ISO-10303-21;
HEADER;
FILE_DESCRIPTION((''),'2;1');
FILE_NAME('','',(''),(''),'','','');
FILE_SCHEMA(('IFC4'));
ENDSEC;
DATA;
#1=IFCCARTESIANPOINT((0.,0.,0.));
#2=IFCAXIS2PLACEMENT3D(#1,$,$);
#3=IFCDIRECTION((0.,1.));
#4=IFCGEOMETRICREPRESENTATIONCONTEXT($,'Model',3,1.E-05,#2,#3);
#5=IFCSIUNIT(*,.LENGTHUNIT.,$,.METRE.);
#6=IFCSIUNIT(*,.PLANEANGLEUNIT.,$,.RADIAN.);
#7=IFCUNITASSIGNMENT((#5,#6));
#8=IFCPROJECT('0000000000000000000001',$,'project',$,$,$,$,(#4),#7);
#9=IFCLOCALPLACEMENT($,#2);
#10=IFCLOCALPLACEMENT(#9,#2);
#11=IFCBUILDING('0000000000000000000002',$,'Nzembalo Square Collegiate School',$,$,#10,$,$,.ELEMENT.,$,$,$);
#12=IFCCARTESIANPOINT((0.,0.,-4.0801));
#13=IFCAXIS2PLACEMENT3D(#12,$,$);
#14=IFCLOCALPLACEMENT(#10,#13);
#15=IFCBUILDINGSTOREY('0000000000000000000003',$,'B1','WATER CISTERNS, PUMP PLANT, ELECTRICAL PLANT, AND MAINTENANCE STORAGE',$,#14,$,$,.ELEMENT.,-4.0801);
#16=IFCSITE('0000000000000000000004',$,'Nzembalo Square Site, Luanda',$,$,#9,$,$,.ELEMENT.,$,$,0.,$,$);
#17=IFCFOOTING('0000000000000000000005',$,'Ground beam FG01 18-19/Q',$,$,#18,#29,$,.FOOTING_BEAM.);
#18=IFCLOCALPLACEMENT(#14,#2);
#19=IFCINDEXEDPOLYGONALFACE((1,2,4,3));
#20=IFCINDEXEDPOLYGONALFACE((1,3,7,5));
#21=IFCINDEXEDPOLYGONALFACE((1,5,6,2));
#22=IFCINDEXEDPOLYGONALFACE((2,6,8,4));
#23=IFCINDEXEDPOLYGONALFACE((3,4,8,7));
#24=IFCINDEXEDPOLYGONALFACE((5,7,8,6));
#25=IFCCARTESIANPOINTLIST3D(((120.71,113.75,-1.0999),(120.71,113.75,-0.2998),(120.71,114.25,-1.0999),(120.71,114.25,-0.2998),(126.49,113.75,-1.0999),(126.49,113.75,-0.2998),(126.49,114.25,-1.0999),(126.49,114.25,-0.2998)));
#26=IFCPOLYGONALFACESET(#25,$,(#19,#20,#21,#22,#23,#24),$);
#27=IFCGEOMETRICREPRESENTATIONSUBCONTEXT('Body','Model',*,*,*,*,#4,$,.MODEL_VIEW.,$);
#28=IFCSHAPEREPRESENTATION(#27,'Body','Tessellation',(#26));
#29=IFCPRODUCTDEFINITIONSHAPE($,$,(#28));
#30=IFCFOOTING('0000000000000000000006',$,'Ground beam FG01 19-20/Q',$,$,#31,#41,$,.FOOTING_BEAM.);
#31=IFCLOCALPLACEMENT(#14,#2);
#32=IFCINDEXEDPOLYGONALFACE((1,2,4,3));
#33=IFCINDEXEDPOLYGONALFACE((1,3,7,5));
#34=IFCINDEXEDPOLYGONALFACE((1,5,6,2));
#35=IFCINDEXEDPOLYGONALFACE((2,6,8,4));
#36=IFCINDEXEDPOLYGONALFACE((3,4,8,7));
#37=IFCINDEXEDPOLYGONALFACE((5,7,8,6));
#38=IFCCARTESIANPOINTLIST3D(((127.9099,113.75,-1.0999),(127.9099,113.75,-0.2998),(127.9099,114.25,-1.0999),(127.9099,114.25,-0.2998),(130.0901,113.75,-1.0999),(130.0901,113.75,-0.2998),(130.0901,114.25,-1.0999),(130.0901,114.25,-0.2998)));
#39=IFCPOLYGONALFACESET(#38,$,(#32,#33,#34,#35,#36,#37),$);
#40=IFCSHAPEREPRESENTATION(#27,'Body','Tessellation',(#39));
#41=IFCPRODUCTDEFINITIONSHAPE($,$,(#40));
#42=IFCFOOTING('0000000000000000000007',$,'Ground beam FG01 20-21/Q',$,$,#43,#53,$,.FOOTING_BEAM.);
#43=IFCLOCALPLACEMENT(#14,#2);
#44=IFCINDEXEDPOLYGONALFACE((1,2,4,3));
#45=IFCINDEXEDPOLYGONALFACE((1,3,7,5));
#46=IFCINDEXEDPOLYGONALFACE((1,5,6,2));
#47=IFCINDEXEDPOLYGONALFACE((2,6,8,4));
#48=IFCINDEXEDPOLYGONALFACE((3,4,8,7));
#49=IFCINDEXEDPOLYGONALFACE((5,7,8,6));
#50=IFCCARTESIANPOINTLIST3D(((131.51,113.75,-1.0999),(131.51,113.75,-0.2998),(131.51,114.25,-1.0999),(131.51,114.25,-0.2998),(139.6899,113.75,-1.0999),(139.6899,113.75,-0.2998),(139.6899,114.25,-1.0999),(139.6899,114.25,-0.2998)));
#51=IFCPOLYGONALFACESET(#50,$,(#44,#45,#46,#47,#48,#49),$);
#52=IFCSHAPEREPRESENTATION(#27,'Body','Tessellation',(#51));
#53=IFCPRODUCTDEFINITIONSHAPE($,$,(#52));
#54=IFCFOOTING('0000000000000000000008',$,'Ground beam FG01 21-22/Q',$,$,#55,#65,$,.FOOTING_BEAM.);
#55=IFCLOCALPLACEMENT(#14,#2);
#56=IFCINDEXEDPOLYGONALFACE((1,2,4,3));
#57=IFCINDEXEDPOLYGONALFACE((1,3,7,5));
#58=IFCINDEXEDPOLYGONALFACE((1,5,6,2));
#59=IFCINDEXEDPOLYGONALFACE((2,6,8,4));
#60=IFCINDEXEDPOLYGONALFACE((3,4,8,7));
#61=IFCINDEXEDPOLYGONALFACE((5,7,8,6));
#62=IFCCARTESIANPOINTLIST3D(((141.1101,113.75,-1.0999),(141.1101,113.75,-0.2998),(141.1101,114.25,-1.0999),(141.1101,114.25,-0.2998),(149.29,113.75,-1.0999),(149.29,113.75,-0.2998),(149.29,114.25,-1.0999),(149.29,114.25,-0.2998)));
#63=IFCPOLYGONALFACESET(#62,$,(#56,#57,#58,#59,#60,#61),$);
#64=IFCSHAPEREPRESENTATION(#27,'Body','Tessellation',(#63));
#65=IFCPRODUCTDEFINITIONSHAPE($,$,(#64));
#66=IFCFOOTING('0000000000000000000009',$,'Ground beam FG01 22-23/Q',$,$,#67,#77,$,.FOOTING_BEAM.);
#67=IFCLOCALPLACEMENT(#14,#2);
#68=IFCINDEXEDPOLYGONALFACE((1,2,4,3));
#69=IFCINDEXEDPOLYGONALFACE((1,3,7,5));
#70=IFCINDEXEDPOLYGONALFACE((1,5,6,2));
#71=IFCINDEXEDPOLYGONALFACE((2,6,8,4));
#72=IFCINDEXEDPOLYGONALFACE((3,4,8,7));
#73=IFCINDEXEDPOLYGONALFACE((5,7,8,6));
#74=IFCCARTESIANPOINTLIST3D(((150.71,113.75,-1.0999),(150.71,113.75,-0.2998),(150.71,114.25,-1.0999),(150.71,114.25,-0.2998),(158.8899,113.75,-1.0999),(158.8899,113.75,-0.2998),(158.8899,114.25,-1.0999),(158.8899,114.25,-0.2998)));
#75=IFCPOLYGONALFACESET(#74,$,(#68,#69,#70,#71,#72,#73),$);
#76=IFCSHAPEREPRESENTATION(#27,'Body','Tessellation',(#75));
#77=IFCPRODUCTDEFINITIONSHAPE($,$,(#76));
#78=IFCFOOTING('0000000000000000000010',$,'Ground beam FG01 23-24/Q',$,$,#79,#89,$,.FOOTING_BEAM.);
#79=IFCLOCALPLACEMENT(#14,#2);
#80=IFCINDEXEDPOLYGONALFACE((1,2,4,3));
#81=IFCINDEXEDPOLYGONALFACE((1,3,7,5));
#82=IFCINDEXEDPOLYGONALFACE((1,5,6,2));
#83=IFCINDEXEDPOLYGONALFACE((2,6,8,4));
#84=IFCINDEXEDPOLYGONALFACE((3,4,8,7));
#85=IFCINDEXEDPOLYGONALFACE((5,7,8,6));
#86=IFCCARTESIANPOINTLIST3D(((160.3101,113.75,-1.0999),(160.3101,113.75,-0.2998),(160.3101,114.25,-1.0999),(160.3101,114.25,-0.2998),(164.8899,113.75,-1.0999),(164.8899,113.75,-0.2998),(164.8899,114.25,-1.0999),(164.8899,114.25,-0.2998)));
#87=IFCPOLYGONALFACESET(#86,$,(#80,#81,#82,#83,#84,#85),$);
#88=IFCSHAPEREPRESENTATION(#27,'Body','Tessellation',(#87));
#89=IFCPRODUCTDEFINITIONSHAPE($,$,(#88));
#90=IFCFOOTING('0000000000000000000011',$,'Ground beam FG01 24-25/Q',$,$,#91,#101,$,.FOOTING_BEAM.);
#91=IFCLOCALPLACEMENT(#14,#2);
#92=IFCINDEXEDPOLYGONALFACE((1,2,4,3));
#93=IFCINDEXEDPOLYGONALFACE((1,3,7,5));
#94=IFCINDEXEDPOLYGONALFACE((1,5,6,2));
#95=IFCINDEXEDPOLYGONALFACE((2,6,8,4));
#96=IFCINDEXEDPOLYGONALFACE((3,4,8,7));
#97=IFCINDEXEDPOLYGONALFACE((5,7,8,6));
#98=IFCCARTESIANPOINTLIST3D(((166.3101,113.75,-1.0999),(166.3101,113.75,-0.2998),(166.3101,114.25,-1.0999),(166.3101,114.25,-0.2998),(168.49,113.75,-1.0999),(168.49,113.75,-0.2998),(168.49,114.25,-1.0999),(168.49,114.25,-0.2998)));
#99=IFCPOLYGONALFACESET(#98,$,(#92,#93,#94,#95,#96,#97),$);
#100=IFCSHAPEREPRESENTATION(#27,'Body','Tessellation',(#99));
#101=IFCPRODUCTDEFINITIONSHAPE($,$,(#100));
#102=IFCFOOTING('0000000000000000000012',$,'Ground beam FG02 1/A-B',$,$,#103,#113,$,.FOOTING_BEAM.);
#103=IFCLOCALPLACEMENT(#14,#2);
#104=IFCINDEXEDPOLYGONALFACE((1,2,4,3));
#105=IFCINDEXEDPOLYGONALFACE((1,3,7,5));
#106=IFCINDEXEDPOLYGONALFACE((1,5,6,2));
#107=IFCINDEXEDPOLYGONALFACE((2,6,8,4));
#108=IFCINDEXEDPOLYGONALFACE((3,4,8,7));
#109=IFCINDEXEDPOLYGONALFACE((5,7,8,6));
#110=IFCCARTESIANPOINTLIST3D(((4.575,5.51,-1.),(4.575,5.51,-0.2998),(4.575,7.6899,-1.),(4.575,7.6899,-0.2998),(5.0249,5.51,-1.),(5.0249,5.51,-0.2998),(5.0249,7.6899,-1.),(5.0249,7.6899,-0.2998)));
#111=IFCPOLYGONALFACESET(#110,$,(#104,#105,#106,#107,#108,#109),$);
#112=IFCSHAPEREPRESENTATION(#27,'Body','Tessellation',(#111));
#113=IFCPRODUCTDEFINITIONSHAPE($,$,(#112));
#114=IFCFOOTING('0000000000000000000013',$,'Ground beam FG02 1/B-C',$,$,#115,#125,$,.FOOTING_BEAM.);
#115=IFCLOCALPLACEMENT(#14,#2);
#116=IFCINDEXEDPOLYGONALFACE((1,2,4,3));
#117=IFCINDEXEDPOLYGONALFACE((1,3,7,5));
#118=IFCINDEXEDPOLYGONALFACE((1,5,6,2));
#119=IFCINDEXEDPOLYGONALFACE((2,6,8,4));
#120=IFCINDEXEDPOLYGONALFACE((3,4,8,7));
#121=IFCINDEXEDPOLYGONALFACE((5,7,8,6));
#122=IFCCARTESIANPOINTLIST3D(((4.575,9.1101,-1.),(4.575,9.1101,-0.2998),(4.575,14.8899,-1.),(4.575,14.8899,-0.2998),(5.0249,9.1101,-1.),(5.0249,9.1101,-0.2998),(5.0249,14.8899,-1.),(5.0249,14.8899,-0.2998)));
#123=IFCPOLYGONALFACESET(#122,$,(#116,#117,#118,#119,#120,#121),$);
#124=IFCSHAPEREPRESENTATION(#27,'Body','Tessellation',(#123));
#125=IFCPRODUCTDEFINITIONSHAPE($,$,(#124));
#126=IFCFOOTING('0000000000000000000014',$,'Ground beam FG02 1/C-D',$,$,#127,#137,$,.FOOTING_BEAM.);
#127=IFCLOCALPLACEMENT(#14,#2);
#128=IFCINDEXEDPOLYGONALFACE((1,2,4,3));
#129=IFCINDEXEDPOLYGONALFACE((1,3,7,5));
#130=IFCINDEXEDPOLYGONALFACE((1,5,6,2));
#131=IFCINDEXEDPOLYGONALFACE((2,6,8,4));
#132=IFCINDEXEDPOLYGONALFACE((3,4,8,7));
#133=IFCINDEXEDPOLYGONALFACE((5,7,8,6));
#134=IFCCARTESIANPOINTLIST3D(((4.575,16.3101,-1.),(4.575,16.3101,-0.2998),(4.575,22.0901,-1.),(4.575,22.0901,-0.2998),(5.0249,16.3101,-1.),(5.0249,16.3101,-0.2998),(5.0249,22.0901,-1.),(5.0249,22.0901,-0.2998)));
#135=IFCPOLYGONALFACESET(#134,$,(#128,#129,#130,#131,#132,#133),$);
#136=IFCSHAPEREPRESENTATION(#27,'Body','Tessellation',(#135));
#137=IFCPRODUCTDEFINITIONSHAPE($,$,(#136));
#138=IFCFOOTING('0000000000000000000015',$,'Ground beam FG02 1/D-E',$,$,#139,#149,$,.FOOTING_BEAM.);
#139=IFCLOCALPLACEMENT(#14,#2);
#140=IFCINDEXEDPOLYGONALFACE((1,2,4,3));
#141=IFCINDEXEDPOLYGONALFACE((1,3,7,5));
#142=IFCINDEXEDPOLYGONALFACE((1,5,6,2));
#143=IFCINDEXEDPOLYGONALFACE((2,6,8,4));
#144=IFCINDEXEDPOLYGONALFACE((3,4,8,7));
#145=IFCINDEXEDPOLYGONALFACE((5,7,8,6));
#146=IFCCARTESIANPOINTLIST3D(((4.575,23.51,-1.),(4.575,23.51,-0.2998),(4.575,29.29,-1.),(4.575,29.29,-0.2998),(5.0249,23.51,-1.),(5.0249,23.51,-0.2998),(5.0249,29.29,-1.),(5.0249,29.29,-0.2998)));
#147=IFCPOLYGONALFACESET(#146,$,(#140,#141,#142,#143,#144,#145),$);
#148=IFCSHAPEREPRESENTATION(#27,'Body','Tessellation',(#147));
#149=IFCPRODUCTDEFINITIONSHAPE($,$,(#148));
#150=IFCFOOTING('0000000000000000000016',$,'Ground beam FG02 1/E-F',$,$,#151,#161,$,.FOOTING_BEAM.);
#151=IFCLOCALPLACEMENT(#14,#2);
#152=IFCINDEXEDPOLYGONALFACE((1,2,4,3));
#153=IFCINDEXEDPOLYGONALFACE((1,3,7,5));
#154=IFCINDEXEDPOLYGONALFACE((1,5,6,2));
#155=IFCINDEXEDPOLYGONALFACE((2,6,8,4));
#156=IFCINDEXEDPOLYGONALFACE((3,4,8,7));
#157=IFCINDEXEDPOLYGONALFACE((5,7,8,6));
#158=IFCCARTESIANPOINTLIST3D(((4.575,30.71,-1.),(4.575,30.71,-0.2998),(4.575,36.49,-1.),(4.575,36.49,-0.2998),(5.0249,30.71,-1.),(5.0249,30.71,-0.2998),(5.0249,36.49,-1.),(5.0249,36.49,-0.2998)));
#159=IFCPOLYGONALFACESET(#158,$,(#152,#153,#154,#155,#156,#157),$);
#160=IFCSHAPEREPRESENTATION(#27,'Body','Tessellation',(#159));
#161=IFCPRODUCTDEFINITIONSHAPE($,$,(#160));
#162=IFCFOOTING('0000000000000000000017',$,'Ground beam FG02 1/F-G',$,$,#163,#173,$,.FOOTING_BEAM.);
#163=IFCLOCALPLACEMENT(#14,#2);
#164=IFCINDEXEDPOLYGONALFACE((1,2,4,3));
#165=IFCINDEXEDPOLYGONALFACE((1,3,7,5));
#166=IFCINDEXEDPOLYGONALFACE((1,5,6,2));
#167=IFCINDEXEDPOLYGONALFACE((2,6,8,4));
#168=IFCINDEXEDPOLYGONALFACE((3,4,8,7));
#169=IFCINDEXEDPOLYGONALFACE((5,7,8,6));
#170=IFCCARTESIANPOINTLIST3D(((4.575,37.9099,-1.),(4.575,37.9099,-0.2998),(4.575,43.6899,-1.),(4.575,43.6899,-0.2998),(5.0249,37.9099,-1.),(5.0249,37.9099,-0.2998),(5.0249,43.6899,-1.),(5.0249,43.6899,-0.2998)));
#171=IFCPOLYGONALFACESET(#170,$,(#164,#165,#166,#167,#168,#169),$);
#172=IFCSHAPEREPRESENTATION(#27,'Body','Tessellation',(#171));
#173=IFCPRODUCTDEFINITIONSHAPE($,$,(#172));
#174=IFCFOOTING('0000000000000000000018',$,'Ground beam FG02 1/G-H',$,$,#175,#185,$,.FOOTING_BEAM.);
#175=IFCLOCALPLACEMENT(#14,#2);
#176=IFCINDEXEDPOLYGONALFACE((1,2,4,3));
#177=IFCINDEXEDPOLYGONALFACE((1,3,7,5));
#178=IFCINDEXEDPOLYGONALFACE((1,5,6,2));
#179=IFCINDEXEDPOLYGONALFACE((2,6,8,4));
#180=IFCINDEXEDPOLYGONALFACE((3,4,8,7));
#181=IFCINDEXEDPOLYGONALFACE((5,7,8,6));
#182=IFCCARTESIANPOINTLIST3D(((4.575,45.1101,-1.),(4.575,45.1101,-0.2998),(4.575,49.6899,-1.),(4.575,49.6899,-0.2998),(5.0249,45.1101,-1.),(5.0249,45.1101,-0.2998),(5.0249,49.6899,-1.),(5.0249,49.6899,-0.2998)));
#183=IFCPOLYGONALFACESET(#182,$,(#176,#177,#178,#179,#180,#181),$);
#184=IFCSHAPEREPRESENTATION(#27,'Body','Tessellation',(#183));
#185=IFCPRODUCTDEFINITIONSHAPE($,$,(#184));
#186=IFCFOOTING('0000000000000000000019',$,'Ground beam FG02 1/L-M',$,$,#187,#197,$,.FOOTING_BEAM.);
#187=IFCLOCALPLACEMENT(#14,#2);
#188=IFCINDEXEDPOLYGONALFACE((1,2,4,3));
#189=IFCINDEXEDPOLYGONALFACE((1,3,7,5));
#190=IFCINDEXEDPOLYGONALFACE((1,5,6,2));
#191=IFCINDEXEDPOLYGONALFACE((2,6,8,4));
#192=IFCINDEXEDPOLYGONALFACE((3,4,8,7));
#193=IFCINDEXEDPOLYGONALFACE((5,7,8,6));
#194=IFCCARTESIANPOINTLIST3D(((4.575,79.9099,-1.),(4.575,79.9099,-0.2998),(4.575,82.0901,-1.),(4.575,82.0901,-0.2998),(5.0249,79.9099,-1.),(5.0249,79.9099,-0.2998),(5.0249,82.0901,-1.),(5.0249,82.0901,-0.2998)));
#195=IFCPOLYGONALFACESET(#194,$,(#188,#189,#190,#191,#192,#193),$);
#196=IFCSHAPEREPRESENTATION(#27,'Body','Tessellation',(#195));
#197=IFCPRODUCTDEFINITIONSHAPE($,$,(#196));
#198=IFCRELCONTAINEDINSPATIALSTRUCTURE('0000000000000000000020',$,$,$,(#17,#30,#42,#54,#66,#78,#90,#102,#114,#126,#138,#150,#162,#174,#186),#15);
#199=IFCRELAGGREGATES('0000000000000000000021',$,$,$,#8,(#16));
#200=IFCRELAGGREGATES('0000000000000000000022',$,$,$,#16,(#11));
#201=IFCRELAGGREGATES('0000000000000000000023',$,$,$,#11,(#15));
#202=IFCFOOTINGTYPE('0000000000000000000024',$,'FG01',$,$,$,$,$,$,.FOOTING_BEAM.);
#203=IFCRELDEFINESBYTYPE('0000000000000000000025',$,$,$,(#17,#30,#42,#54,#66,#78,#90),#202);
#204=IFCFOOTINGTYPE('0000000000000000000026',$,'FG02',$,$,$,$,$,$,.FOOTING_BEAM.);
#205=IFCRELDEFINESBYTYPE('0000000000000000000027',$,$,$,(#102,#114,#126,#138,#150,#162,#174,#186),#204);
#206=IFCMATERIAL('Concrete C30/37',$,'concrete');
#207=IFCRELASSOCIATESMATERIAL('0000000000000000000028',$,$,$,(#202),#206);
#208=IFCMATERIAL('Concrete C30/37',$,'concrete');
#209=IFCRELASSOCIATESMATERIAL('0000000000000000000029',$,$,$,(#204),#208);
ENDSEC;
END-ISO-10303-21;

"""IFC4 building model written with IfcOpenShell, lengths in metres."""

from ifc_helpers import new_model, si_unit, direction, frame, origin, place, context, subcontext, project, spatial, polyline, outline, extrude, material, type_object, element, save


model = new_model("IFC4")

# Units and contexts
model_context = context("Model", 3, precision=1e-05, world=origin(), true_north=direction((0.0, 1.0)))
body_context = subcontext(model_context, "Body", "Model", "MODEL_VIEW")
ifc_project = project(units=[si_unit("LENGTHUNIT", "METRE"), si_unit("PLANEANGLEUNIT", "RADIAN")], contexts=[model_context])

# Site, building, storey
site_placement = place(None, origin())
site = spatial("IfcSite", under=ifc_project, at=site_placement, Name="Nzembalo Square Site, Luanda", CompositionType="ELEMENT", RefElevation=0.0)
building_placement = place(site_placement, origin())
building = spatial("IfcBuilding", under=site, at=building_placement, Name="Nzembalo Square Collegiate School", CompositionType="ELEMENT")
storey_placement = place(building_placement, frame((0.0, 0.0, -4.0801)))
storey = spatial("IfcBuildingStorey", under=building, at=storey_placement, Name="B1", Description="WATER CISTERNS, PUMP PLANT, ELECTRICAL PLANT, AND MAINTENANCE STORAGE", CompositionType="ELEMENT", Elevation=-4.0801)

# Footings
ifc_material_1 = material(Name="Concrete C30/37", Category="concrete")
footing_type_1 = type_object("IfcFootingType", Name="FG01", PredefinedType="FOOTING_BEAM", material=ifc_material_1)
footing_1_placement = place(storey_placement, frame((0.0, 0.0, -1.0999)))
element("IfcFooting", 1, at=footing_1_placement, inside=storey, type_object=footing_type_1, Name="Ground beam FG01 18-19/Q", PredefinedType="FOOTING_BEAM", context=body_context, shape_type="SweptSolid", body=[
    extrude(outline(polyline([(120.71, 113.75), (126.49, 113.75), (126.49, 114.25), (120.71, 114.25), (120.71, 113.75)])), origin(), (0.0, 0.0, 1.0), 0.8),
])
footing_2_placement = place(storey_placement, frame((0.0, 0.0, -1.0999)))
element("IfcFooting", 2, at=footing_2_placement, inside=storey, type_object=footing_type_1, Name="Ground beam FG01 19-20/Q", PredefinedType="FOOTING_BEAM", context=body_context, shape_type="SweptSolid", body=[
    extrude(outline(polyline([(127.9099, 113.75), (130.0901, 113.75), (130.0901, 114.25), (127.9099, 114.25), (127.9099, 113.75)])), origin(), (0.0, 0.0, 1.0), 0.8),
])
footing_3_placement = place(storey_placement, frame((0.0, 0.0, -1.0999)))
element("IfcFooting", 3, at=footing_3_placement, inside=storey, type_object=footing_type_1, Name="Ground beam FG01 20-21/Q", PredefinedType="FOOTING_BEAM", context=body_context, shape_type="SweptSolid", body=[
    extrude(outline(polyline([(131.51, 113.75), (139.6899, 113.75), (139.6899, 114.25), (131.51, 114.25), (131.51, 113.75)])), origin(), (0.0, 0.0, 1.0), 0.8),
])
footing_4_placement = place(storey_placement, frame((0.0, 0.0, -1.0999)))
element("IfcFooting", 4, at=footing_4_placement, inside=storey, type_object=footing_type_1, Name="Ground beam FG01 21-22/Q", PredefinedType="FOOTING_BEAM", context=body_context, shape_type="SweptSolid", body=[
    extrude(outline(polyline([(141.1101, 113.75), (149.29, 113.75), (149.29, 114.25), (141.1101, 114.25), (141.1101, 113.75)])), origin(), (0.0, 0.0, 1.0), 0.8),
])
footing_5_placement = place(storey_placement, frame((0.0, 0.0, -1.0999)))
element("IfcFooting", 5, at=footing_5_placement, inside=storey, type_object=footing_type_1, Name="Ground beam FG01 22-23/Q", PredefinedType="FOOTING_BEAM", context=body_context, shape_type="SweptSolid", body=[
    extrude(outline(polyline([(150.71, 113.75), (158.8899, 113.75), (158.8899, 114.25), (150.71, 114.25), (150.71, 113.75)])), origin(), (0.0, 0.0, 1.0), 0.8),
])
footing_6_placement = place(storey_placement, frame((0.0, 0.0, -1.0999)))
element("IfcFooting", 6, at=footing_6_placement, inside=storey, type_object=footing_type_1, Name="Ground beam FG01 23-24/Q", PredefinedType="FOOTING_BEAM", context=body_context, shape_type="SweptSolid", body=[
    extrude(outline(polyline([(160.3101, 113.75), (164.8899, 113.75), (164.8899, 114.25), (160.3101, 114.25), (160.3101, 113.75)])), origin(), (0.0, 0.0, 1.0), 0.8),
])
footing_7_placement = place(storey_placement, frame((0.0, 0.0, -1.0999)))
element("IfcFooting", 7, at=footing_7_placement, inside=storey, type_object=footing_type_1, Name="Ground beam FG01 24-25/Q", PredefinedType="FOOTING_BEAM", context=body_context, shape_type="SweptSolid", body=[
    extrude(outline(polyline([(166.3101, 113.75), (168.49, 113.75), (168.49, 114.25), (166.3101, 114.25), (166.3101, 113.75)])), origin(), (0.0, 0.0, 1.0), 0.8),
])
ifc_material_2 = material(Name="Concrete C30/37", Category="concrete")
footing_type_2 = type_object("IfcFootingType", Name="FG02", PredefinedType="FOOTING_BEAM", material=ifc_material_2)
footing_8_placement = place(storey_placement, frame((0.0, 0.0, -1.0)))
element("IfcFooting", 8, at=footing_8_placement, inside=storey, type_object=footing_type_2, Name="Ground beam FG02 1/A-B", PredefinedType="FOOTING_BEAM", context=body_context, shape_type="SweptSolid", body=[
    extrude(outline(polyline([(4.575, 5.51), (5.0249, 5.51), (5.0249, 7.6899), (4.575, 7.6899), (4.575, 5.51)])), origin(), (0.0, 0.0, 1.0), 0.7002),
])
footing_9_placement = place(storey_placement, frame((0.0, 0.0, -1.0)))
element("IfcFooting", 9, at=footing_9_placement, inside=storey, type_object=footing_type_2, Name="Ground beam FG02 1/B-C", PredefinedType="FOOTING_BEAM", context=body_context, shape_type="SweptSolid", body=[
    extrude(outline(polyline([(4.575, 9.1101), (5.0249, 9.1101), (5.0249, 14.8899), (4.575, 14.8899), (4.575, 9.1101)])), origin(), (0.0, 0.0, 1.0), 0.7002),
])
footing_10_placement = place(storey_placement, frame((0.0, 0.0, -1.0)))
element("IfcFooting", 10, at=footing_10_placement, inside=storey, type_object=footing_type_2, Name="Ground beam FG02 1/C-D", PredefinedType="FOOTING_BEAM", context=body_context, shape_type="SweptSolid", body=[
    extrude(outline(polyline([(4.575, 16.3101), (5.0249, 16.3101), (5.0249, 22.0901), (4.575, 22.0901), (4.575, 16.3101)])), origin(), (0.0, 0.0, 1.0), 0.7002),
])
footing_11_placement = place(storey_placement, frame((0.0, 0.0, -1.0)))
element("IfcFooting", 11, at=footing_11_placement, inside=storey, type_object=footing_type_2, Name="Ground beam FG02 1/D-E", PredefinedType="FOOTING_BEAM", context=body_context, shape_type="SweptSolid", body=[
    extrude(outline(polyline([(4.575, 23.51), (5.0249, 23.51), (5.0249, 29.29), (4.575, 29.29), (4.575, 23.51)])), origin(), (0.0, 0.0, 1.0), 0.7002),
])
footing_12_placement = place(storey_placement, frame((0.0, 0.0, -1.0)))
element("IfcFooting", 12, at=footing_12_placement, inside=storey, type_object=footing_type_2, Name="Ground beam FG02 1/E-F", PredefinedType="FOOTING_BEAM", context=body_context, shape_type="SweptSolid", body=[
    extrude(outline(polyline([(4.575, 30.71), (5.0249, 30.71), (5.0249, 36.49), (4.575, 36.49), (4.575, 30.71)])), origin(), (0.0, 0.0, 1.0), 0.7002),
])
footing_13_placement = place(storey_placement, frame((0.0, 0.0, -1.0)))
element("IfcFooting", 13, at=footing_13_placement, inside=storey, type_object=footing_type_2, Name="Ground beam FG02 1/F-G", PredefinedType="FOOTING_BEAM", context=body_context, shape_type="SweptSolid", body=[
    extrude(outline(polyline([(4.575, 37.9099), (5.0249, 37.9099), (5.0249, 43.6899), (4.575, 43.6899), (4.575, 37.9099)])), origin(), (0.0, 0.0, 1.0), 0.7002),
])
footing_14_placement = place(storey_placement, frame((0.0, 0.0, -1.0)))
element("IfcFooting", 14, at=footing_14_placement, inside=storey, type_object=footing_type_2, Name="Ground beam FG02 1/G-H", PredefinedType="FOOTING_BEAM", context=body_context, shape_type="SweptSolid", body=[
    extrude(outline(polyline([(4.575, 45.1101), (5.0249, 45.1101), (5.0249, 49.6899), (4.575, 49.6899), (4.575, 45.1101)])), origin(), (0.0, 0.0, 1.0), 0.7002),
])
footing_15_placement = place(storey_placement, frame((0.0, 0.0, -1.0)))
element("IfcFooting", 15, at=footing_15_placement, inside=storey, type_object=footing_type_2, Name="Ground beam FG02 1/L-M", PredefinedType="FOOTING_BEAM", context=body_context, shape_type="SweptSolid", body=[
    extrude(outline(polyline([(4.575, 79.9099), (5.0249, 79.9099), (5.0249, 82.0901), (4.575, 82.0901), (4.575, 79.9099)])), origin(), (0.0, 0.0, 1.0), 0.7002),
])

save(model, "model.ifc")
